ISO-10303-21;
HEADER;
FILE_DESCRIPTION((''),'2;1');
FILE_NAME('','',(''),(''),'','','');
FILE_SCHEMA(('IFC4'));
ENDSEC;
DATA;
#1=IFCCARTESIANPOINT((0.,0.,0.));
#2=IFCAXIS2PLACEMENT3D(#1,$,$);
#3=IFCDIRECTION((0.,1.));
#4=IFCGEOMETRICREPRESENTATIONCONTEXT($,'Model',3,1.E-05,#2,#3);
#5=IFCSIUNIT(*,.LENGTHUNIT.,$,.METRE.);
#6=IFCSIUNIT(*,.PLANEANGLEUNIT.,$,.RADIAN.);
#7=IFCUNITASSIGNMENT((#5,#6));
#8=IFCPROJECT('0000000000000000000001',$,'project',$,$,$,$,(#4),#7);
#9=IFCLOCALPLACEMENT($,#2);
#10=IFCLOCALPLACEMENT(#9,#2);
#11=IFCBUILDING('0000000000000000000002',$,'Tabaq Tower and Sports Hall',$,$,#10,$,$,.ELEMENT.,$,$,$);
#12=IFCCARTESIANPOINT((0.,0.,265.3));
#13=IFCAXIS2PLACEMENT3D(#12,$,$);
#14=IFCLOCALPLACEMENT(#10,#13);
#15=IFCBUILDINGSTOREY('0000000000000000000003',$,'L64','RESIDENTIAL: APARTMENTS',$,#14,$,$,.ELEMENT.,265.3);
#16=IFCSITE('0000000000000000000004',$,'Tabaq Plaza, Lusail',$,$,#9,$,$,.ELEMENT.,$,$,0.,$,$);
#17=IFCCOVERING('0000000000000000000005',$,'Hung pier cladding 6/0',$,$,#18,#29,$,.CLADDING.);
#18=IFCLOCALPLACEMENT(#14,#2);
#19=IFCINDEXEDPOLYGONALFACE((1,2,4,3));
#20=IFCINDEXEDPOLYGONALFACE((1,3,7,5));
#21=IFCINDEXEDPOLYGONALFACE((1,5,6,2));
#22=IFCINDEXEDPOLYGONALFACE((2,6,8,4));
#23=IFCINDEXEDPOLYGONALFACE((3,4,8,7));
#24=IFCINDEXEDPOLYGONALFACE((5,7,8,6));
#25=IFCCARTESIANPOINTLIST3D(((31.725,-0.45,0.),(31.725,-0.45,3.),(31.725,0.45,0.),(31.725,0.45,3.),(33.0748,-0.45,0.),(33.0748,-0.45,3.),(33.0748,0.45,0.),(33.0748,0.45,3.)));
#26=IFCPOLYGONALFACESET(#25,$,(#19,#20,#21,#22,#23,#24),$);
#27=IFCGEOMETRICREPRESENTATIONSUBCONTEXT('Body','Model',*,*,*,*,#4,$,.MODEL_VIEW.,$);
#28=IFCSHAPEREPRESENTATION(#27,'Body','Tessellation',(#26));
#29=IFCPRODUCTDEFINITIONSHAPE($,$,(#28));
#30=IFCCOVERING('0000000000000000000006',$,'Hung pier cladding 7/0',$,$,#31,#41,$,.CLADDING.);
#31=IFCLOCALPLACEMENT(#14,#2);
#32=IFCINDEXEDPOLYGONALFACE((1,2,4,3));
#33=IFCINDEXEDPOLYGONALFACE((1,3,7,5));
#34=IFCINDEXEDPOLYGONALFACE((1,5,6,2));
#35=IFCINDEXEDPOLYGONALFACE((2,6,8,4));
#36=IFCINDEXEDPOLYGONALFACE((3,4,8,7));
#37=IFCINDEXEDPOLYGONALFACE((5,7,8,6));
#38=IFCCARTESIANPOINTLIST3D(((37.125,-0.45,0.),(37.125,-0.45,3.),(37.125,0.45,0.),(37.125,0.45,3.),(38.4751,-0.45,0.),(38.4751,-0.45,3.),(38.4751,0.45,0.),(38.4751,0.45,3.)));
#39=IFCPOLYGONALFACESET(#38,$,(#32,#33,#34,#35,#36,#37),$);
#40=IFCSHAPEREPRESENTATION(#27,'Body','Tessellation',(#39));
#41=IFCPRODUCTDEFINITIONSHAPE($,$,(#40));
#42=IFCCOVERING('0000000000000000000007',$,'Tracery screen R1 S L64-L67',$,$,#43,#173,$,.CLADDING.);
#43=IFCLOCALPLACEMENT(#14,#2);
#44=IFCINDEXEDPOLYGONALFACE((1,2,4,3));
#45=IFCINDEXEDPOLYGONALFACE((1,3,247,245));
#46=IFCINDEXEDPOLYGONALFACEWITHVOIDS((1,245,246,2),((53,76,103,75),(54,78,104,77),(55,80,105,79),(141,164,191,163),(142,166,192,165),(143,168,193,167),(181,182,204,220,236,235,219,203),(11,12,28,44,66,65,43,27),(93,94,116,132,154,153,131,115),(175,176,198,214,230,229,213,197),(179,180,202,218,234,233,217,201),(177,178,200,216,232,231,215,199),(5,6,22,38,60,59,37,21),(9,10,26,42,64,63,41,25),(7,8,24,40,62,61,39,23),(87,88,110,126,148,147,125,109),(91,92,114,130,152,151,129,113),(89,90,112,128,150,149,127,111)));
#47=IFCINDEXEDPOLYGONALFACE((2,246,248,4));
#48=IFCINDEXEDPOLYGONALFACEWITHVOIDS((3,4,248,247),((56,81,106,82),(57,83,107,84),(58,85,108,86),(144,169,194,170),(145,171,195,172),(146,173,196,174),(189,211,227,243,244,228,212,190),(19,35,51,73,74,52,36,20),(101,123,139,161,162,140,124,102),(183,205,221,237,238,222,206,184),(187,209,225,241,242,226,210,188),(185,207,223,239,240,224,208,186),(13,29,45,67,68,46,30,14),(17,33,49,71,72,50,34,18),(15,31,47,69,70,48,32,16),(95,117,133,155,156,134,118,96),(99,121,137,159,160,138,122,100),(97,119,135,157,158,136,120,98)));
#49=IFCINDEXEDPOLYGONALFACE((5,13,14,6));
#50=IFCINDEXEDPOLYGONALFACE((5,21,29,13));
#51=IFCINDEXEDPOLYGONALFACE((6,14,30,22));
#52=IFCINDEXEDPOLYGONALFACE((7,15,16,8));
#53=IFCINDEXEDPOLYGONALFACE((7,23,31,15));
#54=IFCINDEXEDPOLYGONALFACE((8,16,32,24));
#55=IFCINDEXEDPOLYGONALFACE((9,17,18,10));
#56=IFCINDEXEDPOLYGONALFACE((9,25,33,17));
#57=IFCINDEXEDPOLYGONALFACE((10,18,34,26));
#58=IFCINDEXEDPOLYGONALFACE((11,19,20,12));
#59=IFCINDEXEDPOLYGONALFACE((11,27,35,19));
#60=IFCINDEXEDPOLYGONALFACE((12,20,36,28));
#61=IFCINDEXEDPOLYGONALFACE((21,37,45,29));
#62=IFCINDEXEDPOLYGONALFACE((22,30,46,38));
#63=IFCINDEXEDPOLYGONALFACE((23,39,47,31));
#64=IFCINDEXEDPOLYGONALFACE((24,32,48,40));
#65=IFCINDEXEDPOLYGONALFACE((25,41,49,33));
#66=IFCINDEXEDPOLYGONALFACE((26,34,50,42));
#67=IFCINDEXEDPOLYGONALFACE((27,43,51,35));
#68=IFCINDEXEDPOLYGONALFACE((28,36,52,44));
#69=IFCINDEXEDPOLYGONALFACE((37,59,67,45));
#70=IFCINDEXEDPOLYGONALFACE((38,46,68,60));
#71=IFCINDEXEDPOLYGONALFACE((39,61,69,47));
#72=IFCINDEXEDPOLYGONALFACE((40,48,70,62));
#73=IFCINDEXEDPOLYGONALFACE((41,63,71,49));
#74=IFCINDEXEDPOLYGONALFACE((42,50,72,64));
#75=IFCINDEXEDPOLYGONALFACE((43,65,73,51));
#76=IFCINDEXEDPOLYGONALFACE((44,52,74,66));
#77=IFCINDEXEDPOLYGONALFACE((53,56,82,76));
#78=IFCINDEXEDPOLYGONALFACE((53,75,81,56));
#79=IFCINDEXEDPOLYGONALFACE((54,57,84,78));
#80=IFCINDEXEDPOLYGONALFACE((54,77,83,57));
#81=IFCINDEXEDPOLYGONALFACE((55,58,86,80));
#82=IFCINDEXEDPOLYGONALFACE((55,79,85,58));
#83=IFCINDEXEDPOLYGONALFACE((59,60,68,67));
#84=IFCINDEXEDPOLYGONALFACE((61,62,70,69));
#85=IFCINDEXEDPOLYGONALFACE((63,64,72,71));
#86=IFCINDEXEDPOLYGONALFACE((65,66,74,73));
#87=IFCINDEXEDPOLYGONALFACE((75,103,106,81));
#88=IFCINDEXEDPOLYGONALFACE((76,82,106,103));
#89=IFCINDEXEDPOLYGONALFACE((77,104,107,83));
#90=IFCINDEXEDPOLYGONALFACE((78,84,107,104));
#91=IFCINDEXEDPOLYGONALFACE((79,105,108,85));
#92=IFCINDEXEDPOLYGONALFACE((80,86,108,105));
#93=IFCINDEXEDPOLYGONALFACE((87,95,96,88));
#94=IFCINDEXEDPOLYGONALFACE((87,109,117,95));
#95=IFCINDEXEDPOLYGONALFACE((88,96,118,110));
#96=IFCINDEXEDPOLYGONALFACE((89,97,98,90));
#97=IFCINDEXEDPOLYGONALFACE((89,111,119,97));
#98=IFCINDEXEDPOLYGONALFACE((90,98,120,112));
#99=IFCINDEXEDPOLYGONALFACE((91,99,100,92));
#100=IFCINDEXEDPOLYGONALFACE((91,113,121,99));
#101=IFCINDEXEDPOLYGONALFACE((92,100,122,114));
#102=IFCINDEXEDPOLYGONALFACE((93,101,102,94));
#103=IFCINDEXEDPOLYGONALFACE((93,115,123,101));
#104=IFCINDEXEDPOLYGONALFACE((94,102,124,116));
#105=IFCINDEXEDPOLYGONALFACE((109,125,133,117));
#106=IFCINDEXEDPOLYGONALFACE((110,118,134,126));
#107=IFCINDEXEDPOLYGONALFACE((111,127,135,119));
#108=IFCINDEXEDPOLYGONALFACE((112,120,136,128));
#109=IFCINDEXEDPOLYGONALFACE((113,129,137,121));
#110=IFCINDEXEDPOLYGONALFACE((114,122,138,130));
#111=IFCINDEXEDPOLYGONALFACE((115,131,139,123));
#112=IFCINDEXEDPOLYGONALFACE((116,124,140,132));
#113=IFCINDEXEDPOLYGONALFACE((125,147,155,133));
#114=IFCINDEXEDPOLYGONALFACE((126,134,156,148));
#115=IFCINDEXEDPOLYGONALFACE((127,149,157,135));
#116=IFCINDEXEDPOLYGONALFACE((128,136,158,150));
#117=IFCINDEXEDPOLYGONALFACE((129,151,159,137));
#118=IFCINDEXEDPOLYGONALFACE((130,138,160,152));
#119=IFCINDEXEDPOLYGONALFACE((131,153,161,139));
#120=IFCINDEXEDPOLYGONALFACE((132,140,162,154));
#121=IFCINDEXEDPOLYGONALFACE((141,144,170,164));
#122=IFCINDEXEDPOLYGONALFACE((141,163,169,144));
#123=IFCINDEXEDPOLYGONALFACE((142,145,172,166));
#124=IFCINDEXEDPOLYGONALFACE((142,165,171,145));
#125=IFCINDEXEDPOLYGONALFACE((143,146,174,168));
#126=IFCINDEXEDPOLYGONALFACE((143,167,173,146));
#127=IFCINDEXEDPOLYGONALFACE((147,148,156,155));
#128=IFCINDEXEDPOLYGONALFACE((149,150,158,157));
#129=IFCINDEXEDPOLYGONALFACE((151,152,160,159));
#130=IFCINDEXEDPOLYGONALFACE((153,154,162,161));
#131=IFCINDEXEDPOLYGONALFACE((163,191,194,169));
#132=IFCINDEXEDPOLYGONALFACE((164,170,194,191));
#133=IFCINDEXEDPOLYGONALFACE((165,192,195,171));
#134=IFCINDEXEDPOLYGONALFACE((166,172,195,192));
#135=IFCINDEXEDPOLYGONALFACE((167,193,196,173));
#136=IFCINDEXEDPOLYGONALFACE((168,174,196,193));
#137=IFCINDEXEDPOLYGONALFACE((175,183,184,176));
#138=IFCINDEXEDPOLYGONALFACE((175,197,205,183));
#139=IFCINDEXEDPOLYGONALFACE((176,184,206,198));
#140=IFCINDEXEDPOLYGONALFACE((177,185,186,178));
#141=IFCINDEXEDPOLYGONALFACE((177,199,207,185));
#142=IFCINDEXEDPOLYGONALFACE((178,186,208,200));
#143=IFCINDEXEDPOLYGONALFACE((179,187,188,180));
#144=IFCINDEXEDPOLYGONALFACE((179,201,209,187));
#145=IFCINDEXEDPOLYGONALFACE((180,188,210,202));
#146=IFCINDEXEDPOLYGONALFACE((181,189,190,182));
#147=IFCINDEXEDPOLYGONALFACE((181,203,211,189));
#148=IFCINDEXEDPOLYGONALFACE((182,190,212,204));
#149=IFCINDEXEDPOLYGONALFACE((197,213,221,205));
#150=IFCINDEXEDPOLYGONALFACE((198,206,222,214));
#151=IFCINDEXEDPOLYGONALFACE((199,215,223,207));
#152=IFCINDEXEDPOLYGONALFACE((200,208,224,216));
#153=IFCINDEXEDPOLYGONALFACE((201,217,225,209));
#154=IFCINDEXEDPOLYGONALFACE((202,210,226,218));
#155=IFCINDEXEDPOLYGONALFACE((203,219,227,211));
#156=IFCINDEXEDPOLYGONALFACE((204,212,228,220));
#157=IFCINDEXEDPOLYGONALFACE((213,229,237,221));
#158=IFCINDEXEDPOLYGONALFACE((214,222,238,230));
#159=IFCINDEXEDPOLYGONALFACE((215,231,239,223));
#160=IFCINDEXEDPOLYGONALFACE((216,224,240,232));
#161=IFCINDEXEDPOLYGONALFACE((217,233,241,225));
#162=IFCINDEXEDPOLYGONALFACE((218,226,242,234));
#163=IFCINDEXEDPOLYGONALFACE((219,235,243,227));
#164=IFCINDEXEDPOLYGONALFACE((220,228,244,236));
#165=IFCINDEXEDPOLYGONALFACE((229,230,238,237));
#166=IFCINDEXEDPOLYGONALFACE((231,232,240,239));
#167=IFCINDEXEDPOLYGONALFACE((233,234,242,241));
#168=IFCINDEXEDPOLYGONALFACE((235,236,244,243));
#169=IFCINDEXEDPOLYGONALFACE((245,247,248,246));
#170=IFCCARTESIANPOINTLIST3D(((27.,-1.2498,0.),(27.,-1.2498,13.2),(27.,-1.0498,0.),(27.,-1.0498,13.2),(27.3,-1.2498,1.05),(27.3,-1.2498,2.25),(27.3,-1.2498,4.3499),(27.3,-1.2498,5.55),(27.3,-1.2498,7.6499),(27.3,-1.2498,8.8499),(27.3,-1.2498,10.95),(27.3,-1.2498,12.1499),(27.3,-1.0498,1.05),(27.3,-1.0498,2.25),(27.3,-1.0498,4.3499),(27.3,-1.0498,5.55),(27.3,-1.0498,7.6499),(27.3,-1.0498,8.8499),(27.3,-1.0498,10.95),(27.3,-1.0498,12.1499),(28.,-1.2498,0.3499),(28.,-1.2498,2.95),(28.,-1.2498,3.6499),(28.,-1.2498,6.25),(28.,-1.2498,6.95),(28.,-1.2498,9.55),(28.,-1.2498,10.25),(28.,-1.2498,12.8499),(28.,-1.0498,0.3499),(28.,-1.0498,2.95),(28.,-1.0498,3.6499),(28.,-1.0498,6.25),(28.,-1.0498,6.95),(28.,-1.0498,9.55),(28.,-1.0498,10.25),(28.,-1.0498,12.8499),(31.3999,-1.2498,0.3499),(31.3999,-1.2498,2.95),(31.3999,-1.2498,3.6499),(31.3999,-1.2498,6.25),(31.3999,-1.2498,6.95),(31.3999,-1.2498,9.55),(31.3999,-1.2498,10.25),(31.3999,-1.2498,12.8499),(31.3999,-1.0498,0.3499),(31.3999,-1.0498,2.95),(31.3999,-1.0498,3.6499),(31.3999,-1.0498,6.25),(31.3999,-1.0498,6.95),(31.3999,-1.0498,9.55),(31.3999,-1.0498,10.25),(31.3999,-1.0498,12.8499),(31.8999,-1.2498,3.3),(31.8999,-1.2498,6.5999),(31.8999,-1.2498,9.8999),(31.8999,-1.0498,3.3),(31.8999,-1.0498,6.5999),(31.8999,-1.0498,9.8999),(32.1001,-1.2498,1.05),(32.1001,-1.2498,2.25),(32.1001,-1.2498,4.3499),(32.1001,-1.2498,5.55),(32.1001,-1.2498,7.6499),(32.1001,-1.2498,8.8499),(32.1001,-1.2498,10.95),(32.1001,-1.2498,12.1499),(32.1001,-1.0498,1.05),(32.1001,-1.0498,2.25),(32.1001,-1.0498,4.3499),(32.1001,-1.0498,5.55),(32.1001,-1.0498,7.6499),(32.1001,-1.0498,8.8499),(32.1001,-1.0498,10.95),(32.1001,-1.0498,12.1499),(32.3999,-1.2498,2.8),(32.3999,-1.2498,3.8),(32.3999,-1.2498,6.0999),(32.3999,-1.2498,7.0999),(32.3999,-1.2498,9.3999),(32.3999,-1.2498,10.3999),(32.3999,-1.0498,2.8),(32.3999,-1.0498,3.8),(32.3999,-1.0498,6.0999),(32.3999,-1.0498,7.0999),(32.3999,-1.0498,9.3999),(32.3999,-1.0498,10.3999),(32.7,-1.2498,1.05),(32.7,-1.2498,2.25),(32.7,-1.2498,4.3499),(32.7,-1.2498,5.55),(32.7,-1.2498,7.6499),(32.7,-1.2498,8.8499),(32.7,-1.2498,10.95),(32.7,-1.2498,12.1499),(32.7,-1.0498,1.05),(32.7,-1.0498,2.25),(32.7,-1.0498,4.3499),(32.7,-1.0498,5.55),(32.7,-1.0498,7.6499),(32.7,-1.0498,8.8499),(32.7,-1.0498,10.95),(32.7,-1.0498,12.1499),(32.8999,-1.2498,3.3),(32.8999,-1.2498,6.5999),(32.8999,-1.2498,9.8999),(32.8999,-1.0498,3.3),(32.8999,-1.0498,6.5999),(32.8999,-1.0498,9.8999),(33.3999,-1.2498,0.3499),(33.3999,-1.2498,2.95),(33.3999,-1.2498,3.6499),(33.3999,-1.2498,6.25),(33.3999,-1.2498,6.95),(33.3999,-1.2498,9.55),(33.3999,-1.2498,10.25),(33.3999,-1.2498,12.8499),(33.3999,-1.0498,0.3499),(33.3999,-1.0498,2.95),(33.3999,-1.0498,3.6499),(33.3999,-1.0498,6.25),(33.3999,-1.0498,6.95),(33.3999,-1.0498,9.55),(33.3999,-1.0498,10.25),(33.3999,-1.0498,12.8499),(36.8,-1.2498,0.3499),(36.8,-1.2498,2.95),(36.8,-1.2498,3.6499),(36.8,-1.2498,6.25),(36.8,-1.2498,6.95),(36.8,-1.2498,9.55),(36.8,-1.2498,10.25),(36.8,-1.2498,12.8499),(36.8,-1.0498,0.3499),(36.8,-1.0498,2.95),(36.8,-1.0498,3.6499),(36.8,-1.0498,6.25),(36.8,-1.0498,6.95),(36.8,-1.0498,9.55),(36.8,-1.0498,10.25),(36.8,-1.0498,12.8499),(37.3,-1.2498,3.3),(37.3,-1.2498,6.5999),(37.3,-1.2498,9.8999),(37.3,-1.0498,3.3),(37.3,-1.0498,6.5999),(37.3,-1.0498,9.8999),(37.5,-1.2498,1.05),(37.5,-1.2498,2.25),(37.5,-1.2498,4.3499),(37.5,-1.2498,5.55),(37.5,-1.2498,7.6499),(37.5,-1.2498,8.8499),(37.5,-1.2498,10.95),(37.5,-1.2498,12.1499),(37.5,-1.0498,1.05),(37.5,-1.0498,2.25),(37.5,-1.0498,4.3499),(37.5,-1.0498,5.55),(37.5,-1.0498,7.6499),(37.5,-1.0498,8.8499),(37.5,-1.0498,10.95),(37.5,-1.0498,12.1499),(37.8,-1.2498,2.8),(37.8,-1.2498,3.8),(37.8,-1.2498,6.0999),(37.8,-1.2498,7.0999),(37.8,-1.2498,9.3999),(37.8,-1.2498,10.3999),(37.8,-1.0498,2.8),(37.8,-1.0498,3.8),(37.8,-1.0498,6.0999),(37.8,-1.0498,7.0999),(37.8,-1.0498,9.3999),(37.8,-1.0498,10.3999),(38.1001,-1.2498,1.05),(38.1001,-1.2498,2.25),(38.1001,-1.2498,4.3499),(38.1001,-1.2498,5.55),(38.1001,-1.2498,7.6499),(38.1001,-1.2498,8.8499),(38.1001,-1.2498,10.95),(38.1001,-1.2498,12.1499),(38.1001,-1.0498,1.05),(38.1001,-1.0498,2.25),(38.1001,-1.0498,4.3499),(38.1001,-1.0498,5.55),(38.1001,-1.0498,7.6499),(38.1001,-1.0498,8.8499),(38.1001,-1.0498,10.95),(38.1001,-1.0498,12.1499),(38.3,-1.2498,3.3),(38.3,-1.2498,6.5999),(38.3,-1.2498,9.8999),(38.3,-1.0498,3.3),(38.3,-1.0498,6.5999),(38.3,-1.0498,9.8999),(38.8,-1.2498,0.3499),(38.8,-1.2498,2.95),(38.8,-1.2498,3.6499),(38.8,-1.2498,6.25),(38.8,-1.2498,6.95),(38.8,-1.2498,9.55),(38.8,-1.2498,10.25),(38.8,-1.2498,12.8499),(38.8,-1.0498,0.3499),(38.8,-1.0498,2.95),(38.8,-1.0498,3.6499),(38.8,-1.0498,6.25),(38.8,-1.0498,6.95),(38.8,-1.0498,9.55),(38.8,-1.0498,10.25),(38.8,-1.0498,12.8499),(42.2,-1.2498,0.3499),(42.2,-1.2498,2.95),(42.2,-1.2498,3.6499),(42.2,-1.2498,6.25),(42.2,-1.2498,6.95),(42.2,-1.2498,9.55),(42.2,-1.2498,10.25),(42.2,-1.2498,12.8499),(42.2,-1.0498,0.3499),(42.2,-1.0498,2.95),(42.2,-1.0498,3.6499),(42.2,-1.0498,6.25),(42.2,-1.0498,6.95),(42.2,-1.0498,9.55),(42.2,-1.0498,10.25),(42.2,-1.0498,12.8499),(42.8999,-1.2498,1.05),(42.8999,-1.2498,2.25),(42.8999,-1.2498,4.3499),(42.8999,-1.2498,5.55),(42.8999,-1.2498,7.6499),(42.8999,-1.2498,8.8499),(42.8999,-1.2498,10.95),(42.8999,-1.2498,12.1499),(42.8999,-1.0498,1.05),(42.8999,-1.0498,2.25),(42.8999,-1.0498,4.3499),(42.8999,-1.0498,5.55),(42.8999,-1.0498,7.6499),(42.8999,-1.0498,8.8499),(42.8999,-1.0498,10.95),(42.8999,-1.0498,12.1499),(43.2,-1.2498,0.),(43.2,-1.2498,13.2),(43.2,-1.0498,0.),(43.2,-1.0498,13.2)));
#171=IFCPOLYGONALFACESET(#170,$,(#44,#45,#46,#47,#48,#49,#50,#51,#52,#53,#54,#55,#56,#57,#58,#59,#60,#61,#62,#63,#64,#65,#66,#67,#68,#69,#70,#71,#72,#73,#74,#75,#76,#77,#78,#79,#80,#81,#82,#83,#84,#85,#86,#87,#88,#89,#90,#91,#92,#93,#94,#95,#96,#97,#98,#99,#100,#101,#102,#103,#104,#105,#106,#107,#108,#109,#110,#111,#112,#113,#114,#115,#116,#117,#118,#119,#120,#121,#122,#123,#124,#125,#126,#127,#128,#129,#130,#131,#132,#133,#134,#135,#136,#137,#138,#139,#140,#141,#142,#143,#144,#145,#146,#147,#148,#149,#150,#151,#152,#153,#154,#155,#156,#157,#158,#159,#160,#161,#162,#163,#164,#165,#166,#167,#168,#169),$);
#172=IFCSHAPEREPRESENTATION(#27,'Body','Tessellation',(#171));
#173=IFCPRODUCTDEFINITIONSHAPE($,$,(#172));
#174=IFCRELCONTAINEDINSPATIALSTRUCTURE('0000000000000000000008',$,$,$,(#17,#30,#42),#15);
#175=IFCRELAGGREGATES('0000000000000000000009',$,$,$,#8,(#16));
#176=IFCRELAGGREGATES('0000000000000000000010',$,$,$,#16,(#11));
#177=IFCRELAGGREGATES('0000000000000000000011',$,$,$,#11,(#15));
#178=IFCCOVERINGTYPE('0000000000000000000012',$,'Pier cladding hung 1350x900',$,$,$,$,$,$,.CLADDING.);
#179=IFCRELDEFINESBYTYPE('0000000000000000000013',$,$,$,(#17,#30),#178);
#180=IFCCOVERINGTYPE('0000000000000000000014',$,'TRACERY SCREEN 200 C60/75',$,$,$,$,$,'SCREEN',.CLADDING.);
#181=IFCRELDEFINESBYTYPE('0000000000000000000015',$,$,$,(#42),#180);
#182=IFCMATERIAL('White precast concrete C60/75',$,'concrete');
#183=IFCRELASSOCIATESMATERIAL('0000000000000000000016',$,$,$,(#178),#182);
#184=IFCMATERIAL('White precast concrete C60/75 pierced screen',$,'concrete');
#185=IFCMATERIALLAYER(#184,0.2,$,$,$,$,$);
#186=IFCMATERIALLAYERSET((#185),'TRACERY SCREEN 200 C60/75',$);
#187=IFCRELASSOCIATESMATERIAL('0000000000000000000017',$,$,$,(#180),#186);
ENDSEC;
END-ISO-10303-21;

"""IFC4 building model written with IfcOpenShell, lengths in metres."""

from ifc_helpers import new_model, si_unit, direction, frame, frame_2d, origin, place, context, subcontext, project, spatial, polyline, rectangle, outline, extrude, material, layer, layer_set, type_object, element, save


model = new_model("IFC4")

# Units and contexts
model_context = context("Model", 3, precision=1e-05, world=origin(), true_north=direction((0.0, 1.0)))
body_context = subcontext(model_context, "Body", "Model", "MODEL_VIEW")
ifc_project = project(units=[si_unit("LENGTHUNIT", "METRE"), si_unit("PLANEANGLEUNIT", "RADIAN")], contexts=[model_context])

# Site, building, storey
site_placement = place(None, origin())
site = spatial("IfcSite", under=ifc_project, at=site_placement, Name="Tabaq Plaza, Lusail", CompositionType="ELEMENT", RefElevation=0.0)
building_placement = place(site_placement, origin())
building = spatial("IfcBuilding", under=site, at=building_placement, Name="Tabaq Tower and Sports Hall", CompositionType="ELEMENT")
storey_placement = place(building_placement, frame((0.0, 0.0, 265.3)))
storey = spatial("IfcBuildingStorey", under=building, at=storey_placement, Name="L64", Description="RESIDENTIAL: APARTMENTS", CompositionType="ELEMENT", Elevation=265.3)

# Coverings
ifc_material_1 = material(Name="White precast concrete C60/75", Category="concrete")
covering_type_1 = type_object("IfcCoveringType", Name="Pier cladding hung 1350x900", PredefinedType="CLADDING", material=ifc_material_1)
covering_1_placement = place(storey_placement, frame((31.7251, 0.0, 0.0), z_axis=(0.0, 0.0, 1.0), x_axis=(1.0, 0.0, 0.0)))
element("IfcCovering", 1, at=covering_1_placement, inside=storey, type_object=covering_type_1, Name="Hung pier cladding 6/0", PredefinedType="CLADDING", context=body_context, shape_type="SweptSolid", body=[
    extrude(rectangle(XDim=1.3499, YDim=0.8999, at=frame_2d((0.6748, 0.0))), origin(), (0.0, 0.0, 1.0), 3.0),
])
covering_2_placement = place(storey_placement, frame((37.125, 0.0, 0.0), z_axis=(0.0, 0.0, 1.0), x_axis=(1.0, 0.0, 0.0)))
element("IfcCovering", 2, at=covering_2_placement, inside=storey, type_object=covering_type_1, Name="Hung pier cladding 7/0", PredefinedType="CLADDING", context=body_context, shape_type="SweptSolid", body=[
    extrude(rectangle(XDim=1.3501, YDim=0.8999, at=frame_2d((0.675, 0.0))), origin(), (0.0, 0.0, 1.0), 3.0),
])
ifc_material_2 = material(Name="White precast concrete C60/75 pierced screen", Category="concrete")
ifc_layer_1 = layer(ifc_material_2, 0.2)
ifc_layer_set_1 = layer_set([ifc_layer_1], Name="TRACERY SCREEN 200 C60/75")
covering_type_2 = type_object("IfcCoveringType", Name="TRACERY SCREEN 200 C60/75", ElementType="SCREEN", PredefinedType="CLADDING", material=ifc_layer_set_1)
covering_3_placement = place(storey_placement, frame((27.0, -1.1499, 0.0), z_axis=(0.0, 0.0, 1.0), x_axis=(1.0, 0.0, 0.0)))
element("IfcCovering", 3, at=covering_3_placement, inside=storey, type_object=covering_type_2, Name="Tracery screen R1 S L64-L67", PredefinedType="CLADDING", context=body_context, shape_type="SweptSolid", body=[
    extrude(outline(polyline([(0.0, 0.0), (16.2, 0.0), (16.2, 13.2), (0.0, 13.2), (0.0, 0.0)]), holes=[polyline([(1.0, 0.3499), (4.3999, 0.3499), (5.1001, 1.05), (5.1001, 2.25), (4.3999, 2.95), (1.0, 2.95), (0.3, 2.25), (0.3, 1.05), (1.0, 0.3499)]), polyline([(6.3999, 0.3499), (9.8, 0.3499), (10.5, 1.05), (10.5, 2.25), (9.8, 2.95), (6.3999, 2.95), (5.7, 2.25), (5.7, 1.05), (6.3999, 0.3499)]), polyline([(11.8, 0.3499), (15.2, 0.3499), (15.8999, 1.05), (15.8999, 2.25), (15.2, 2.95), (11.8, 2.95), (11.1001, 2.25), (11.1001, 1.05), (11.8, 0.3499)]), polyline([(1.0, 3.6499), (4.3999, 3.6499), (5.1001, 4.3499), (5.1001, 5.55), (4.3999, 6.25), (1.0, 6.25), (0.3, 5.55), (0.3, 4.3499), (1.0, 3.6499)]), polyline([(6.3999, 3.6499), (9.8, 3.6499), (10.5, 4.3499), (10.5, 5.55), (9.8, 6.25), (6.3999, 6.25), (5.7, 5.55), (5.7, 4.3499), (6.3999, 3.6499)]), polyline([(11.8, 3.6499), (15.2, 3.6499), (15.8999, 4.3499), (15.8999, 5.55), (15.2, 6.25), (11.8, 6.25), (11.1001, 5.55), (11.1001, 4.3499), (11.8, 3.6499)]), polyline([(1.0, 6.95), (4.3999, 6.95), (5.1001, 7.6499), (5.1001, 8.8499), (4.3999, 9.55), (1.0, 9.55), (0.3, 8.8499), (0.3, 7.6499), (1.0, 6.95)]), polyline([(6.3999, 6.95), (9.8, 6.95), (10.5, 7.6499), (10.5, 8.8499), (9.8, 9.55), (6.3999, 9.55), (5.7, 8.8499), (5.7, 7.6499), (6.3999, 6.95)]), polyline([(11.8, 6.95), (15.2, 6.95), (15.8999, 7.6499), (15.8999, 8.8499), (15.2, 9.55), (11.8, 9.55), (11.1001, 8.8499), (11.1001, 7.6499), (11.8, 6.95)]), polyline([(1.0, 10.25), (4.3999, 10.25), (5.1001, 10.95), (5.1001, 12.1499), (4.3999, 12.8499), (1.0, 12.8499), (0.3, 12.1499), (0.3, 10.95), (1.0, 10.25)]), polyline([(6.3999, 10.25), (9.8, 10.25), (10.5, 10.95), (10.5, 12.1499), (9.8, 12.8499), (6.3999, 12.8499), (5.7, 12.1499), (5.7, 10.95), (6.3999, 10.25)]), polyline([(11.8, 10.25), (15.2, 10.25), (15.8999, 10.95), (15.8999, 12.1499), (15.2, 12.8499), (11.8, 12.8499), (11.1001, 12.1499), (11.1001, 10.95), (11.8, 10.25)]), polyline([(5.8999, 3.3), (5.3999, 3.8), (4.8999, 3.3), (5.3999, 2.8), (5.8999, 3.3)]), polyline([(11.3, 3.3), (10.8, 3.8), (10.3, 3.3), (10.8, 2.8), (11.3, 3.3)]), polyline([(5.8999, 6.5999), (5.3999, 7.0999), (4.8999, 6.5999), (5.3999, 6.0999), (5.8999, 6.5999)]), polyline([(11.3, 6.5999), (10.8, 7.0999), (10.3, 6.5999), (10.8, 6.0999), (11.3, 6.5999)]), polyline([(5.8999, 9.8999), (5.3999, 10.3999), (4.8999, 9.8999), (5.3999, 9.3999), (5.8999, 9.8999)]), polyline([(11.3, 9.8999), (10.8, 10.3999), (10.3, 9.8999), (10.8, 9.3999), (11.3, 9.8999)])]), frame((0.0, 0.1001, 0.0), z_axis=(0.0, -1.0, 0.0), x_axis=(1.0, 0.0, 0.0)), (0.0, 0.0, 1.0), 0.2),
])

save(model, "model.ifc")
